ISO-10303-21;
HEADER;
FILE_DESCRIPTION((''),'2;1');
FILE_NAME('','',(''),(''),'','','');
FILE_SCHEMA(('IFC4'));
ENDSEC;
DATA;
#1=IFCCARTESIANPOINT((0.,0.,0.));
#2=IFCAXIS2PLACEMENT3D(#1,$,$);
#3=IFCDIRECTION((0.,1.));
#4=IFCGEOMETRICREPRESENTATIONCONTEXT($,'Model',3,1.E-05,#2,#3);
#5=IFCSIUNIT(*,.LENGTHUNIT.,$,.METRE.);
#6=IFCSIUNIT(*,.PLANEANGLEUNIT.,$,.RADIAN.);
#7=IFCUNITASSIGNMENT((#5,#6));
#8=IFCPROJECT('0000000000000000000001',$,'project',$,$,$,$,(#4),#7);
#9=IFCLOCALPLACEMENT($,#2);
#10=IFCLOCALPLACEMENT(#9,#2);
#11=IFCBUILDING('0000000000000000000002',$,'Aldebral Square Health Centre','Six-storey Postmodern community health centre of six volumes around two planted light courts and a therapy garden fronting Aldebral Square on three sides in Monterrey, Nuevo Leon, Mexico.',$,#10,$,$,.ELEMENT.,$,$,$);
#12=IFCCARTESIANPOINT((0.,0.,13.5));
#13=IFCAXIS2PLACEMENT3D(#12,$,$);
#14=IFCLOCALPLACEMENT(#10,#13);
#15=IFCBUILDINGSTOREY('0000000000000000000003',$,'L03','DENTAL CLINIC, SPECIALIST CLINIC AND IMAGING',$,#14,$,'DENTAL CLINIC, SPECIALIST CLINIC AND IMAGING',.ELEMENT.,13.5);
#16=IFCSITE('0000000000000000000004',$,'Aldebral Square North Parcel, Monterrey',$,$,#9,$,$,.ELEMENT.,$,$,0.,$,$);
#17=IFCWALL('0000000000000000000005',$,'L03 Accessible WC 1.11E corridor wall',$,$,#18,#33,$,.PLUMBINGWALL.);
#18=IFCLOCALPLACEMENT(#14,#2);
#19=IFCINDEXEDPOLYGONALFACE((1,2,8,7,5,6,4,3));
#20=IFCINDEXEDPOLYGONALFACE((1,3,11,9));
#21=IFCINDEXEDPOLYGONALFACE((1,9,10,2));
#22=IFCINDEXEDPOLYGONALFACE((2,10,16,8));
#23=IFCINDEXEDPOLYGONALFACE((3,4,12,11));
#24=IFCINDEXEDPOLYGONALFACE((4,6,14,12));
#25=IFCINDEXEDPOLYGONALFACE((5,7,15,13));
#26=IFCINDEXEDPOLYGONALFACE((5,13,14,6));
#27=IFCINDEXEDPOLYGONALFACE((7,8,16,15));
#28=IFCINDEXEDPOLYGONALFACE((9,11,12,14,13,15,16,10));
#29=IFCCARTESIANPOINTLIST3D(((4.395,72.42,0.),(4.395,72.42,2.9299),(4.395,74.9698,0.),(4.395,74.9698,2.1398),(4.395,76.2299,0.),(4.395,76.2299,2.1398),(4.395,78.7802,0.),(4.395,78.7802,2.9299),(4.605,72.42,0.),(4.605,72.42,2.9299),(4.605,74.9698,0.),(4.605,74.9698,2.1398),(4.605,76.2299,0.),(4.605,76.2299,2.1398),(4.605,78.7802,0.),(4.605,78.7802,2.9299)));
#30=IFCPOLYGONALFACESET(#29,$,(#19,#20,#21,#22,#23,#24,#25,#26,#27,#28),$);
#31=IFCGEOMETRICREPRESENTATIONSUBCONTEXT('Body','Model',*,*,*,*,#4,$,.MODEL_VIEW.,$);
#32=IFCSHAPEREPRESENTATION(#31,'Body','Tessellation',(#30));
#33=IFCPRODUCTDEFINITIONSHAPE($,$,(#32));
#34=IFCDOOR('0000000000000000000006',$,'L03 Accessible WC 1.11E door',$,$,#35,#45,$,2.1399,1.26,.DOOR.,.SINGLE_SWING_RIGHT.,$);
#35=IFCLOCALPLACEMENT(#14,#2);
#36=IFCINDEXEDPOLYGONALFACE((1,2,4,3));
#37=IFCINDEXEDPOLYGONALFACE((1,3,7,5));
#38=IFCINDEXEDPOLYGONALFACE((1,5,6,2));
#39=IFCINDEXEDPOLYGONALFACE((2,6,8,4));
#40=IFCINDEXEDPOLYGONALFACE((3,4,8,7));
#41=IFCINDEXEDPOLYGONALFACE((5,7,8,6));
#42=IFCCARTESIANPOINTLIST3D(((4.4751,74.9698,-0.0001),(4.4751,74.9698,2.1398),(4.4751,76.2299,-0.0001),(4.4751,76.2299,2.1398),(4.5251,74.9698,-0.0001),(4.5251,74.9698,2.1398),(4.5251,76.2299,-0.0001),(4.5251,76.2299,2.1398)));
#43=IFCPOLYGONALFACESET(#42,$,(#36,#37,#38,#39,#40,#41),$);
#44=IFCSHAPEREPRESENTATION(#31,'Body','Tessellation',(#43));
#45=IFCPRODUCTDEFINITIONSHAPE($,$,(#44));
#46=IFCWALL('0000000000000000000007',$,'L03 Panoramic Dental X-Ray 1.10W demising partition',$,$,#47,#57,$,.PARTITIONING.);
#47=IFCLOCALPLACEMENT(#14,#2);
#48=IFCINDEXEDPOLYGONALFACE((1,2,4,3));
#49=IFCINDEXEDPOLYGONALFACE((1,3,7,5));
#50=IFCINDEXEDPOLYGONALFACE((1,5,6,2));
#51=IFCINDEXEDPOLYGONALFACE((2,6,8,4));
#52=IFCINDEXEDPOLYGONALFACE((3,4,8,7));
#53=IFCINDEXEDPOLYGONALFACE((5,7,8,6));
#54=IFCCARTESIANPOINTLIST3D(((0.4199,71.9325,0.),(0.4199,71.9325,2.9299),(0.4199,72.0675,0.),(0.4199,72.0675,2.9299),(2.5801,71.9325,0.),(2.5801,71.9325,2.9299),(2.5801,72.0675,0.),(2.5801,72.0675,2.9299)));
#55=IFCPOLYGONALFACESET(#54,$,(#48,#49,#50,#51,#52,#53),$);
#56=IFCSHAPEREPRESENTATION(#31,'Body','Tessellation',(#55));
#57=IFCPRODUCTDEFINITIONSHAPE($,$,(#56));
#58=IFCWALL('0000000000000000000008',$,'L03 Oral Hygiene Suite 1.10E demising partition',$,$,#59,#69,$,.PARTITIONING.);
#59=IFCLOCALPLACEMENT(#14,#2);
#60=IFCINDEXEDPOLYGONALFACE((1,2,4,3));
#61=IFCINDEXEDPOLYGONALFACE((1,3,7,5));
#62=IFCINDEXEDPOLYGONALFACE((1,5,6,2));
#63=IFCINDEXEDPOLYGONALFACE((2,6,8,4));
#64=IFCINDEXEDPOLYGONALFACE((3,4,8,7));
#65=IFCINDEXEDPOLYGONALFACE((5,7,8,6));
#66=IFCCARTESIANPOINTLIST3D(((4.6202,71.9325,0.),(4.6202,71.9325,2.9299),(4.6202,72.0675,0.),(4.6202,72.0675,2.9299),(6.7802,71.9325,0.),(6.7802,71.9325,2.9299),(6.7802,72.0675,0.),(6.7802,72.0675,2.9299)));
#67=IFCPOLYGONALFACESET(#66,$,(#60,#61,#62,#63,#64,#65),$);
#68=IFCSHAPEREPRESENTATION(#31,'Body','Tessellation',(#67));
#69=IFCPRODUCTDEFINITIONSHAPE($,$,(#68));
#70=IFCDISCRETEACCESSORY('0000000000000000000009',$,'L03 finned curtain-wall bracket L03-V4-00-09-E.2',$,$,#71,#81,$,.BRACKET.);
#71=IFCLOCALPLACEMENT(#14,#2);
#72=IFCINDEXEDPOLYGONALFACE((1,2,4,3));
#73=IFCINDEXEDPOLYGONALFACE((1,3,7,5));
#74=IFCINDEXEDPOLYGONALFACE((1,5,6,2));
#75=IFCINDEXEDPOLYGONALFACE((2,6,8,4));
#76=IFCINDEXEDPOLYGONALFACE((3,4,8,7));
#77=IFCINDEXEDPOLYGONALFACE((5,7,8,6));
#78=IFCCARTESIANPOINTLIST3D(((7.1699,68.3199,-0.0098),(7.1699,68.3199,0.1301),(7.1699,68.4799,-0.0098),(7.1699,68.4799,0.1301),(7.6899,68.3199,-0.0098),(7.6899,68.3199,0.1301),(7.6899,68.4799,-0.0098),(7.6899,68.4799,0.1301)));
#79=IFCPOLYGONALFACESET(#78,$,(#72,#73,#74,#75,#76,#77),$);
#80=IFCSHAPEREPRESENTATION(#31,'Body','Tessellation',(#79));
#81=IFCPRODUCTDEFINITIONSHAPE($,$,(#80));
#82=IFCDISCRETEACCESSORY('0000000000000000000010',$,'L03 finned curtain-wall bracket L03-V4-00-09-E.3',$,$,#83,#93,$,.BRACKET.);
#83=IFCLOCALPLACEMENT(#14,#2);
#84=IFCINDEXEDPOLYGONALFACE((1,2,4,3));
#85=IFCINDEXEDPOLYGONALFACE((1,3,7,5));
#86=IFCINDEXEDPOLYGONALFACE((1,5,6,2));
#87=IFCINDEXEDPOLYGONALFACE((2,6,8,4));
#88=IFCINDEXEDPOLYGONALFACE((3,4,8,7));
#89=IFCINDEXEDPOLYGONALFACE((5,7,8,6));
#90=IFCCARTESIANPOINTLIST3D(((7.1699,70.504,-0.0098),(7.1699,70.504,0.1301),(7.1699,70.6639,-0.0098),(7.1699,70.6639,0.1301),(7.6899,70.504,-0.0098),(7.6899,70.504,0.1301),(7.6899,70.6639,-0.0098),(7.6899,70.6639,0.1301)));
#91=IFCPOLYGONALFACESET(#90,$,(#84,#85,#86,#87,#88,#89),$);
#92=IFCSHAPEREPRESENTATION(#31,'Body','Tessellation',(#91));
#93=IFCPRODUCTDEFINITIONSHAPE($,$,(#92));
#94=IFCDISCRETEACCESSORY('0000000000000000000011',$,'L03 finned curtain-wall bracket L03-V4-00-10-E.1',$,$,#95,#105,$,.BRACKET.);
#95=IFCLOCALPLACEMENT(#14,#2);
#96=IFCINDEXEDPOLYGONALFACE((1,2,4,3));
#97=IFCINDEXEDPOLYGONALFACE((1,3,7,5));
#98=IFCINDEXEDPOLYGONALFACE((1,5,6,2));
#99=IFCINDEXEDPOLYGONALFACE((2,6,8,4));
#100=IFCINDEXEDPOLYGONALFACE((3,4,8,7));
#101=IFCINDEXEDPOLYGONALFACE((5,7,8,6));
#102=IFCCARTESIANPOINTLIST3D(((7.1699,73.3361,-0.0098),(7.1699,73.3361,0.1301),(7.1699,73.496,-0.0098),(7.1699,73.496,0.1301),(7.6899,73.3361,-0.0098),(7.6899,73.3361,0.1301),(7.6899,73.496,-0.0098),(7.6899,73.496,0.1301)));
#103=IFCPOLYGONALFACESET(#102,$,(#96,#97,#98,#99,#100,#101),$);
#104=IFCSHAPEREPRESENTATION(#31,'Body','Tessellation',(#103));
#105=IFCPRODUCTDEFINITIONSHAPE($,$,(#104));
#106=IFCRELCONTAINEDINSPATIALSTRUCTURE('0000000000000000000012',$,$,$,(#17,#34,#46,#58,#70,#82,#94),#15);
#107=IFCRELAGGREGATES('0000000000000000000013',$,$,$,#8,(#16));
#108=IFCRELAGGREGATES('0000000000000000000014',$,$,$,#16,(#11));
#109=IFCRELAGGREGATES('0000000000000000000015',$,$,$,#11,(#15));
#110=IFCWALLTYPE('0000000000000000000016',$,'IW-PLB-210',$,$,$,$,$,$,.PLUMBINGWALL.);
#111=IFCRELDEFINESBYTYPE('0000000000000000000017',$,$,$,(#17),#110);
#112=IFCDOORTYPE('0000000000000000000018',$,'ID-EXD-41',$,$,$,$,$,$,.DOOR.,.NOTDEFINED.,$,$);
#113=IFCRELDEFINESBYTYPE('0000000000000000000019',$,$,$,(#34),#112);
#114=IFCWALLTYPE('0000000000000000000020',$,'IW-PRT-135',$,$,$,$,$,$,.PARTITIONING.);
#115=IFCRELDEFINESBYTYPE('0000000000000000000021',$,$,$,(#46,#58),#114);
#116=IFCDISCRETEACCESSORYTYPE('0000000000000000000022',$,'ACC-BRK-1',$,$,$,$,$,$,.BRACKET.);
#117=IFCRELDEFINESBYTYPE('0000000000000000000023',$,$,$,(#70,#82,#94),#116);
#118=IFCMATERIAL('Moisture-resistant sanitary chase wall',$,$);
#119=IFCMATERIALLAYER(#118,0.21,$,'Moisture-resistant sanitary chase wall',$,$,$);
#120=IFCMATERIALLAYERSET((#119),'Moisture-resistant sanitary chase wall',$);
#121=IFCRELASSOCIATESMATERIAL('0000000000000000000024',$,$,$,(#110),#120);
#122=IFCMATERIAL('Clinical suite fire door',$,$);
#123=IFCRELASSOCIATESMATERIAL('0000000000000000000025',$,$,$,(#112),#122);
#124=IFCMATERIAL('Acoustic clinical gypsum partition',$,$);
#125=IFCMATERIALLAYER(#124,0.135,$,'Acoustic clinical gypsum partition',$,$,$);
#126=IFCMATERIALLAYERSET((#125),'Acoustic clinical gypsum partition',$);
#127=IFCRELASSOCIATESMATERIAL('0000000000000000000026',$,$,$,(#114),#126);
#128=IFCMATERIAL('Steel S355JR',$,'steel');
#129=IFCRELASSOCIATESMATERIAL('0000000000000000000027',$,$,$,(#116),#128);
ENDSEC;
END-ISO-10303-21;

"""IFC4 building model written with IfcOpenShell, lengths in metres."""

from ifc_helpers import new_model, si_unit, direction, frame, frame_2d, origin, origin_2d, place, context, subcontext, project, spatial, rectangle, extrude, material, layer, layer_set, type_object, element, fill, save


model = new_model("IFC4")

# Units and contexts
model_context = context("Model", 3, precision=1e-05, world=origin(), true_north=direction((0.0, 1.0)))
body_context = subcontext(model_context, "Body", "Model", "MODEL_VIEW")
ifc_project = project(units=[si_unit("LENGTHUNIT", "METRE"), si_unit("PLANEANGLEUNIT", "RADIAN")], contexts=[model_context])

# Site, building, storey
site_placement = place(None, origin())
site = spatial("IfcSite", under=ifc_project, at=site_placement, Name="Aldebral Square North Parcel, Monterrey", CompositionType="ELEMENT", RefElevation=0.0)
building_placement = place(site_placement, origin())
building = spatial("IfcBuilding", under=site, at=building_placement, Name="Aldebral Square Health Centre", Description="Six-storey Postmodern community health centre of six volumes around two planted light courts and a therapy garden fronting Aldebral Square on three sides in Monterrey, Nuevo Leon, Mexico.", CompositionType="ELEMENT")
storey_placement = place(building_placement, frame((0.0, 0.0, 13.5)))
storey = spatial("IfcBuildingStorey", under=building, at=storey_placement, Name="L03", Description="DENTAL CLINIC, SPECIALIST CLINIC AND IMAGING", LongName="DENTAL CLINIC, SPECIALIST CLINIC AND IMAGING", CompositionType="ELEMENT", Elevation=13.5)

# Wall, opening, door
ifc_material_1 = material(Name="Clinical suite fire door")
ifc_material_2 = material(Name="Moisture-resistant sanitary chase wall")
ifc_layer_1 = layer(ifc_material_2, 0.21, Name="Moisture-resistant sanitary chase wall")
ifc_layer_set_1 = layer_set([ifc_layer_1], Name="Moisture-resistant sanitary chase wall")
wall_type_1 = type_object("IfcWallType", Name="IW-PLB-210", PredefinedType="PLUMBINGWALL", material=ifc_layer_set_1)
wall_1_placement = place(storey_placement, frame((4.5, 72.4199, 0.0), z_axis=(0.0, 0.0, 1.0), x_axis=(0.0, 1.0, 0.0)))
wall_1 = element("IfcWall", 1, at=wall_1_placement, inside=storey, type_object=wall_type_1, Name="L03 Accessible WC 1.11E corridor wall", PredefinedType="PLUMBINGWALL", context=body_context, shape_type="SweptSolid", body=[
    extrude(rectangle(XDim=6.3601, YDim=0.21, at=frame_2d((3.1802, 0.0))), origin(), (0.0, 0.0, 1.0), 2.9299),
])
opening_1_placement = place(wall_1_placement, frame((2.55, 0.0, 0.0)))
opening_1 = element("IfcOpeningElement", 2, at=opening_1_placement, cuts=wall_1, PredefinedType="OPENING", context=body_context, shape_type="SweptSolid", body=[
    extrude(rectangle(XDim=1.26, YDim=2.1399, at=frame_2d((0.6299, 1.0698))), frame((0.0, 0.115, 0.0), z_axis=(0.0, -1.0, 0.0), x_axis=(1.0, 0.0, 0.0)), (0.0, 0.0, 1.0), 0.23),
])
door_type_1 = type_object("IfcDoorType", Name="ID-EXD-41", OperationType="NOTDEFINED", PredefinedType="DOOR", material=ifc_material_1)
door_1_placement = place(opening_1_placement, origin())
door_1 = element("IfcDoor", 3, at=door_1_placement, inside=storey, type_object=door_type_1, Name="L03 Accessible WC 1.11E door", OperationType="SINGLE_SWING_RIGHT", OverallHeight=2.1399, OverallWidth=1.26, PredefinedType="DOOR", context=body_context, shape_type="SweptSolid", body=[
    extrude(rectangle(XDim=1.26, YDim=2.1399, at=frame_2d((0.6299, 1.0698))), frame((0.0, 0.0249, 0.0), z_axis=(0.0, -1.0, 0.0), x_axis=(1.0, 0.0, 0.0)), (0.0, 0.0, 1.0), 0.05),
])
fill(opening_1, door_1)

# Walls
ifc_material_3 = material(Name="Acoustic clinical gypsum partition")
ifc_layer_2 = layer(ifc_material_3, 0.135, Name="Acoustic clinical gypsum partition")
ifc_layer_set_2 = layer_set([ifc_layer_2], Name="Acoustic clinical gypsum partition")
wall_type_2 = type_object("IfcWallType", Name="IW-PRT-135", PredefinedType="PARTITIONING", material=ifc_layer_set_2)
wall_2_placement = place(storey_placement, frame((0.4199, 72.0, 0.0), z_axis=(0.0, 0.0, 1.0), x_axis=(1.0, 0.0, 0.0)))
element("IfcWall", 4, at=wall_2_placement, inside=storey, type_object=wall_type_2, Name="L03 Panoramic Dental X-Ray 1.10W demising partition", PredefinedType="PARTITIONING", context=body_context, shape_type="SweptSolid", body=[
    extrude(rectangle(XDim=2.1602, YDim=0.135, at=frame_2d((1.0801, 0.0))), origin(), (0.0, 0.0, 1.0), 2.9299),
])
wall_3_placement = place(storey_placement, frame((4.6201, 72.0, 0.0), z_axis=(0.0, 0.0, 1.0), x_axis=(1.0, 0.0, 0.0)))
element("IfcWall", 5, at=wall_3_placement, inside=storey, type_object=wall_type_2, Name="L03 Oral Hygiene Suite 1.10E demising partition", PredefinedType="PARTITIONING", context=body_context, shape_type="SweptSolid", body=[
    extrude(rectangle(XDim=2.1599, YDim=0.135, at=frame_2d((1.0801, 0.0))), origin(), (0.0, 0.0, 1.0), 2.9299),
])

# Discrete accessories
ifc_material_4 = material(Name="Steel S355JR", Category="steel")
discrete_accessory_type = type_object("IfcDiscreteAccessoryType", Name="ACC-BRK-1", PredefinedType="BRACKET", material=ifc_material_4)
for number, where, z_axis, x_axis, name in (
    (6, (7.4299, 68.3999, -0.0098), (0.0, 0.0, 1.0), (0.0, 1.0, 0.0), "L03 finned curtain-wall bracket L03-V4-00-09-E.2"),
    (7, (7.4299, 70.584, -0.0098), (0.0, 0.0, 1.0), (0.0, 1.0, 0.0), "L03 finned curtain-wall bracket L03-V4-00-09-E.3"),
    (8, (7.4299, 73.416, -0.0098), (0.0, 0.0, 1.0), (0.0, 1.0, 0.0), "L03 finned curtain-wall bracket L03-V4-00-10-E.1"),
):
    element("IfcDiscreteAccessory", number, at=place(storey_placement, frame(where, z_axis=z_axis, x_axis=x_axis)), inside=storey, type_object=discrete_accessory_type, Name=name, PredefinedType="BRACKET", context=body_context, shape_type="SweptSolid", body=[
        extrude(rectangle(XDim=0.1599, YDim=0.52, at=origin_2d()), origin(), (0.0, 0.0, 1.0), 0.1399),
    ])

save(model, "model.ifc")
